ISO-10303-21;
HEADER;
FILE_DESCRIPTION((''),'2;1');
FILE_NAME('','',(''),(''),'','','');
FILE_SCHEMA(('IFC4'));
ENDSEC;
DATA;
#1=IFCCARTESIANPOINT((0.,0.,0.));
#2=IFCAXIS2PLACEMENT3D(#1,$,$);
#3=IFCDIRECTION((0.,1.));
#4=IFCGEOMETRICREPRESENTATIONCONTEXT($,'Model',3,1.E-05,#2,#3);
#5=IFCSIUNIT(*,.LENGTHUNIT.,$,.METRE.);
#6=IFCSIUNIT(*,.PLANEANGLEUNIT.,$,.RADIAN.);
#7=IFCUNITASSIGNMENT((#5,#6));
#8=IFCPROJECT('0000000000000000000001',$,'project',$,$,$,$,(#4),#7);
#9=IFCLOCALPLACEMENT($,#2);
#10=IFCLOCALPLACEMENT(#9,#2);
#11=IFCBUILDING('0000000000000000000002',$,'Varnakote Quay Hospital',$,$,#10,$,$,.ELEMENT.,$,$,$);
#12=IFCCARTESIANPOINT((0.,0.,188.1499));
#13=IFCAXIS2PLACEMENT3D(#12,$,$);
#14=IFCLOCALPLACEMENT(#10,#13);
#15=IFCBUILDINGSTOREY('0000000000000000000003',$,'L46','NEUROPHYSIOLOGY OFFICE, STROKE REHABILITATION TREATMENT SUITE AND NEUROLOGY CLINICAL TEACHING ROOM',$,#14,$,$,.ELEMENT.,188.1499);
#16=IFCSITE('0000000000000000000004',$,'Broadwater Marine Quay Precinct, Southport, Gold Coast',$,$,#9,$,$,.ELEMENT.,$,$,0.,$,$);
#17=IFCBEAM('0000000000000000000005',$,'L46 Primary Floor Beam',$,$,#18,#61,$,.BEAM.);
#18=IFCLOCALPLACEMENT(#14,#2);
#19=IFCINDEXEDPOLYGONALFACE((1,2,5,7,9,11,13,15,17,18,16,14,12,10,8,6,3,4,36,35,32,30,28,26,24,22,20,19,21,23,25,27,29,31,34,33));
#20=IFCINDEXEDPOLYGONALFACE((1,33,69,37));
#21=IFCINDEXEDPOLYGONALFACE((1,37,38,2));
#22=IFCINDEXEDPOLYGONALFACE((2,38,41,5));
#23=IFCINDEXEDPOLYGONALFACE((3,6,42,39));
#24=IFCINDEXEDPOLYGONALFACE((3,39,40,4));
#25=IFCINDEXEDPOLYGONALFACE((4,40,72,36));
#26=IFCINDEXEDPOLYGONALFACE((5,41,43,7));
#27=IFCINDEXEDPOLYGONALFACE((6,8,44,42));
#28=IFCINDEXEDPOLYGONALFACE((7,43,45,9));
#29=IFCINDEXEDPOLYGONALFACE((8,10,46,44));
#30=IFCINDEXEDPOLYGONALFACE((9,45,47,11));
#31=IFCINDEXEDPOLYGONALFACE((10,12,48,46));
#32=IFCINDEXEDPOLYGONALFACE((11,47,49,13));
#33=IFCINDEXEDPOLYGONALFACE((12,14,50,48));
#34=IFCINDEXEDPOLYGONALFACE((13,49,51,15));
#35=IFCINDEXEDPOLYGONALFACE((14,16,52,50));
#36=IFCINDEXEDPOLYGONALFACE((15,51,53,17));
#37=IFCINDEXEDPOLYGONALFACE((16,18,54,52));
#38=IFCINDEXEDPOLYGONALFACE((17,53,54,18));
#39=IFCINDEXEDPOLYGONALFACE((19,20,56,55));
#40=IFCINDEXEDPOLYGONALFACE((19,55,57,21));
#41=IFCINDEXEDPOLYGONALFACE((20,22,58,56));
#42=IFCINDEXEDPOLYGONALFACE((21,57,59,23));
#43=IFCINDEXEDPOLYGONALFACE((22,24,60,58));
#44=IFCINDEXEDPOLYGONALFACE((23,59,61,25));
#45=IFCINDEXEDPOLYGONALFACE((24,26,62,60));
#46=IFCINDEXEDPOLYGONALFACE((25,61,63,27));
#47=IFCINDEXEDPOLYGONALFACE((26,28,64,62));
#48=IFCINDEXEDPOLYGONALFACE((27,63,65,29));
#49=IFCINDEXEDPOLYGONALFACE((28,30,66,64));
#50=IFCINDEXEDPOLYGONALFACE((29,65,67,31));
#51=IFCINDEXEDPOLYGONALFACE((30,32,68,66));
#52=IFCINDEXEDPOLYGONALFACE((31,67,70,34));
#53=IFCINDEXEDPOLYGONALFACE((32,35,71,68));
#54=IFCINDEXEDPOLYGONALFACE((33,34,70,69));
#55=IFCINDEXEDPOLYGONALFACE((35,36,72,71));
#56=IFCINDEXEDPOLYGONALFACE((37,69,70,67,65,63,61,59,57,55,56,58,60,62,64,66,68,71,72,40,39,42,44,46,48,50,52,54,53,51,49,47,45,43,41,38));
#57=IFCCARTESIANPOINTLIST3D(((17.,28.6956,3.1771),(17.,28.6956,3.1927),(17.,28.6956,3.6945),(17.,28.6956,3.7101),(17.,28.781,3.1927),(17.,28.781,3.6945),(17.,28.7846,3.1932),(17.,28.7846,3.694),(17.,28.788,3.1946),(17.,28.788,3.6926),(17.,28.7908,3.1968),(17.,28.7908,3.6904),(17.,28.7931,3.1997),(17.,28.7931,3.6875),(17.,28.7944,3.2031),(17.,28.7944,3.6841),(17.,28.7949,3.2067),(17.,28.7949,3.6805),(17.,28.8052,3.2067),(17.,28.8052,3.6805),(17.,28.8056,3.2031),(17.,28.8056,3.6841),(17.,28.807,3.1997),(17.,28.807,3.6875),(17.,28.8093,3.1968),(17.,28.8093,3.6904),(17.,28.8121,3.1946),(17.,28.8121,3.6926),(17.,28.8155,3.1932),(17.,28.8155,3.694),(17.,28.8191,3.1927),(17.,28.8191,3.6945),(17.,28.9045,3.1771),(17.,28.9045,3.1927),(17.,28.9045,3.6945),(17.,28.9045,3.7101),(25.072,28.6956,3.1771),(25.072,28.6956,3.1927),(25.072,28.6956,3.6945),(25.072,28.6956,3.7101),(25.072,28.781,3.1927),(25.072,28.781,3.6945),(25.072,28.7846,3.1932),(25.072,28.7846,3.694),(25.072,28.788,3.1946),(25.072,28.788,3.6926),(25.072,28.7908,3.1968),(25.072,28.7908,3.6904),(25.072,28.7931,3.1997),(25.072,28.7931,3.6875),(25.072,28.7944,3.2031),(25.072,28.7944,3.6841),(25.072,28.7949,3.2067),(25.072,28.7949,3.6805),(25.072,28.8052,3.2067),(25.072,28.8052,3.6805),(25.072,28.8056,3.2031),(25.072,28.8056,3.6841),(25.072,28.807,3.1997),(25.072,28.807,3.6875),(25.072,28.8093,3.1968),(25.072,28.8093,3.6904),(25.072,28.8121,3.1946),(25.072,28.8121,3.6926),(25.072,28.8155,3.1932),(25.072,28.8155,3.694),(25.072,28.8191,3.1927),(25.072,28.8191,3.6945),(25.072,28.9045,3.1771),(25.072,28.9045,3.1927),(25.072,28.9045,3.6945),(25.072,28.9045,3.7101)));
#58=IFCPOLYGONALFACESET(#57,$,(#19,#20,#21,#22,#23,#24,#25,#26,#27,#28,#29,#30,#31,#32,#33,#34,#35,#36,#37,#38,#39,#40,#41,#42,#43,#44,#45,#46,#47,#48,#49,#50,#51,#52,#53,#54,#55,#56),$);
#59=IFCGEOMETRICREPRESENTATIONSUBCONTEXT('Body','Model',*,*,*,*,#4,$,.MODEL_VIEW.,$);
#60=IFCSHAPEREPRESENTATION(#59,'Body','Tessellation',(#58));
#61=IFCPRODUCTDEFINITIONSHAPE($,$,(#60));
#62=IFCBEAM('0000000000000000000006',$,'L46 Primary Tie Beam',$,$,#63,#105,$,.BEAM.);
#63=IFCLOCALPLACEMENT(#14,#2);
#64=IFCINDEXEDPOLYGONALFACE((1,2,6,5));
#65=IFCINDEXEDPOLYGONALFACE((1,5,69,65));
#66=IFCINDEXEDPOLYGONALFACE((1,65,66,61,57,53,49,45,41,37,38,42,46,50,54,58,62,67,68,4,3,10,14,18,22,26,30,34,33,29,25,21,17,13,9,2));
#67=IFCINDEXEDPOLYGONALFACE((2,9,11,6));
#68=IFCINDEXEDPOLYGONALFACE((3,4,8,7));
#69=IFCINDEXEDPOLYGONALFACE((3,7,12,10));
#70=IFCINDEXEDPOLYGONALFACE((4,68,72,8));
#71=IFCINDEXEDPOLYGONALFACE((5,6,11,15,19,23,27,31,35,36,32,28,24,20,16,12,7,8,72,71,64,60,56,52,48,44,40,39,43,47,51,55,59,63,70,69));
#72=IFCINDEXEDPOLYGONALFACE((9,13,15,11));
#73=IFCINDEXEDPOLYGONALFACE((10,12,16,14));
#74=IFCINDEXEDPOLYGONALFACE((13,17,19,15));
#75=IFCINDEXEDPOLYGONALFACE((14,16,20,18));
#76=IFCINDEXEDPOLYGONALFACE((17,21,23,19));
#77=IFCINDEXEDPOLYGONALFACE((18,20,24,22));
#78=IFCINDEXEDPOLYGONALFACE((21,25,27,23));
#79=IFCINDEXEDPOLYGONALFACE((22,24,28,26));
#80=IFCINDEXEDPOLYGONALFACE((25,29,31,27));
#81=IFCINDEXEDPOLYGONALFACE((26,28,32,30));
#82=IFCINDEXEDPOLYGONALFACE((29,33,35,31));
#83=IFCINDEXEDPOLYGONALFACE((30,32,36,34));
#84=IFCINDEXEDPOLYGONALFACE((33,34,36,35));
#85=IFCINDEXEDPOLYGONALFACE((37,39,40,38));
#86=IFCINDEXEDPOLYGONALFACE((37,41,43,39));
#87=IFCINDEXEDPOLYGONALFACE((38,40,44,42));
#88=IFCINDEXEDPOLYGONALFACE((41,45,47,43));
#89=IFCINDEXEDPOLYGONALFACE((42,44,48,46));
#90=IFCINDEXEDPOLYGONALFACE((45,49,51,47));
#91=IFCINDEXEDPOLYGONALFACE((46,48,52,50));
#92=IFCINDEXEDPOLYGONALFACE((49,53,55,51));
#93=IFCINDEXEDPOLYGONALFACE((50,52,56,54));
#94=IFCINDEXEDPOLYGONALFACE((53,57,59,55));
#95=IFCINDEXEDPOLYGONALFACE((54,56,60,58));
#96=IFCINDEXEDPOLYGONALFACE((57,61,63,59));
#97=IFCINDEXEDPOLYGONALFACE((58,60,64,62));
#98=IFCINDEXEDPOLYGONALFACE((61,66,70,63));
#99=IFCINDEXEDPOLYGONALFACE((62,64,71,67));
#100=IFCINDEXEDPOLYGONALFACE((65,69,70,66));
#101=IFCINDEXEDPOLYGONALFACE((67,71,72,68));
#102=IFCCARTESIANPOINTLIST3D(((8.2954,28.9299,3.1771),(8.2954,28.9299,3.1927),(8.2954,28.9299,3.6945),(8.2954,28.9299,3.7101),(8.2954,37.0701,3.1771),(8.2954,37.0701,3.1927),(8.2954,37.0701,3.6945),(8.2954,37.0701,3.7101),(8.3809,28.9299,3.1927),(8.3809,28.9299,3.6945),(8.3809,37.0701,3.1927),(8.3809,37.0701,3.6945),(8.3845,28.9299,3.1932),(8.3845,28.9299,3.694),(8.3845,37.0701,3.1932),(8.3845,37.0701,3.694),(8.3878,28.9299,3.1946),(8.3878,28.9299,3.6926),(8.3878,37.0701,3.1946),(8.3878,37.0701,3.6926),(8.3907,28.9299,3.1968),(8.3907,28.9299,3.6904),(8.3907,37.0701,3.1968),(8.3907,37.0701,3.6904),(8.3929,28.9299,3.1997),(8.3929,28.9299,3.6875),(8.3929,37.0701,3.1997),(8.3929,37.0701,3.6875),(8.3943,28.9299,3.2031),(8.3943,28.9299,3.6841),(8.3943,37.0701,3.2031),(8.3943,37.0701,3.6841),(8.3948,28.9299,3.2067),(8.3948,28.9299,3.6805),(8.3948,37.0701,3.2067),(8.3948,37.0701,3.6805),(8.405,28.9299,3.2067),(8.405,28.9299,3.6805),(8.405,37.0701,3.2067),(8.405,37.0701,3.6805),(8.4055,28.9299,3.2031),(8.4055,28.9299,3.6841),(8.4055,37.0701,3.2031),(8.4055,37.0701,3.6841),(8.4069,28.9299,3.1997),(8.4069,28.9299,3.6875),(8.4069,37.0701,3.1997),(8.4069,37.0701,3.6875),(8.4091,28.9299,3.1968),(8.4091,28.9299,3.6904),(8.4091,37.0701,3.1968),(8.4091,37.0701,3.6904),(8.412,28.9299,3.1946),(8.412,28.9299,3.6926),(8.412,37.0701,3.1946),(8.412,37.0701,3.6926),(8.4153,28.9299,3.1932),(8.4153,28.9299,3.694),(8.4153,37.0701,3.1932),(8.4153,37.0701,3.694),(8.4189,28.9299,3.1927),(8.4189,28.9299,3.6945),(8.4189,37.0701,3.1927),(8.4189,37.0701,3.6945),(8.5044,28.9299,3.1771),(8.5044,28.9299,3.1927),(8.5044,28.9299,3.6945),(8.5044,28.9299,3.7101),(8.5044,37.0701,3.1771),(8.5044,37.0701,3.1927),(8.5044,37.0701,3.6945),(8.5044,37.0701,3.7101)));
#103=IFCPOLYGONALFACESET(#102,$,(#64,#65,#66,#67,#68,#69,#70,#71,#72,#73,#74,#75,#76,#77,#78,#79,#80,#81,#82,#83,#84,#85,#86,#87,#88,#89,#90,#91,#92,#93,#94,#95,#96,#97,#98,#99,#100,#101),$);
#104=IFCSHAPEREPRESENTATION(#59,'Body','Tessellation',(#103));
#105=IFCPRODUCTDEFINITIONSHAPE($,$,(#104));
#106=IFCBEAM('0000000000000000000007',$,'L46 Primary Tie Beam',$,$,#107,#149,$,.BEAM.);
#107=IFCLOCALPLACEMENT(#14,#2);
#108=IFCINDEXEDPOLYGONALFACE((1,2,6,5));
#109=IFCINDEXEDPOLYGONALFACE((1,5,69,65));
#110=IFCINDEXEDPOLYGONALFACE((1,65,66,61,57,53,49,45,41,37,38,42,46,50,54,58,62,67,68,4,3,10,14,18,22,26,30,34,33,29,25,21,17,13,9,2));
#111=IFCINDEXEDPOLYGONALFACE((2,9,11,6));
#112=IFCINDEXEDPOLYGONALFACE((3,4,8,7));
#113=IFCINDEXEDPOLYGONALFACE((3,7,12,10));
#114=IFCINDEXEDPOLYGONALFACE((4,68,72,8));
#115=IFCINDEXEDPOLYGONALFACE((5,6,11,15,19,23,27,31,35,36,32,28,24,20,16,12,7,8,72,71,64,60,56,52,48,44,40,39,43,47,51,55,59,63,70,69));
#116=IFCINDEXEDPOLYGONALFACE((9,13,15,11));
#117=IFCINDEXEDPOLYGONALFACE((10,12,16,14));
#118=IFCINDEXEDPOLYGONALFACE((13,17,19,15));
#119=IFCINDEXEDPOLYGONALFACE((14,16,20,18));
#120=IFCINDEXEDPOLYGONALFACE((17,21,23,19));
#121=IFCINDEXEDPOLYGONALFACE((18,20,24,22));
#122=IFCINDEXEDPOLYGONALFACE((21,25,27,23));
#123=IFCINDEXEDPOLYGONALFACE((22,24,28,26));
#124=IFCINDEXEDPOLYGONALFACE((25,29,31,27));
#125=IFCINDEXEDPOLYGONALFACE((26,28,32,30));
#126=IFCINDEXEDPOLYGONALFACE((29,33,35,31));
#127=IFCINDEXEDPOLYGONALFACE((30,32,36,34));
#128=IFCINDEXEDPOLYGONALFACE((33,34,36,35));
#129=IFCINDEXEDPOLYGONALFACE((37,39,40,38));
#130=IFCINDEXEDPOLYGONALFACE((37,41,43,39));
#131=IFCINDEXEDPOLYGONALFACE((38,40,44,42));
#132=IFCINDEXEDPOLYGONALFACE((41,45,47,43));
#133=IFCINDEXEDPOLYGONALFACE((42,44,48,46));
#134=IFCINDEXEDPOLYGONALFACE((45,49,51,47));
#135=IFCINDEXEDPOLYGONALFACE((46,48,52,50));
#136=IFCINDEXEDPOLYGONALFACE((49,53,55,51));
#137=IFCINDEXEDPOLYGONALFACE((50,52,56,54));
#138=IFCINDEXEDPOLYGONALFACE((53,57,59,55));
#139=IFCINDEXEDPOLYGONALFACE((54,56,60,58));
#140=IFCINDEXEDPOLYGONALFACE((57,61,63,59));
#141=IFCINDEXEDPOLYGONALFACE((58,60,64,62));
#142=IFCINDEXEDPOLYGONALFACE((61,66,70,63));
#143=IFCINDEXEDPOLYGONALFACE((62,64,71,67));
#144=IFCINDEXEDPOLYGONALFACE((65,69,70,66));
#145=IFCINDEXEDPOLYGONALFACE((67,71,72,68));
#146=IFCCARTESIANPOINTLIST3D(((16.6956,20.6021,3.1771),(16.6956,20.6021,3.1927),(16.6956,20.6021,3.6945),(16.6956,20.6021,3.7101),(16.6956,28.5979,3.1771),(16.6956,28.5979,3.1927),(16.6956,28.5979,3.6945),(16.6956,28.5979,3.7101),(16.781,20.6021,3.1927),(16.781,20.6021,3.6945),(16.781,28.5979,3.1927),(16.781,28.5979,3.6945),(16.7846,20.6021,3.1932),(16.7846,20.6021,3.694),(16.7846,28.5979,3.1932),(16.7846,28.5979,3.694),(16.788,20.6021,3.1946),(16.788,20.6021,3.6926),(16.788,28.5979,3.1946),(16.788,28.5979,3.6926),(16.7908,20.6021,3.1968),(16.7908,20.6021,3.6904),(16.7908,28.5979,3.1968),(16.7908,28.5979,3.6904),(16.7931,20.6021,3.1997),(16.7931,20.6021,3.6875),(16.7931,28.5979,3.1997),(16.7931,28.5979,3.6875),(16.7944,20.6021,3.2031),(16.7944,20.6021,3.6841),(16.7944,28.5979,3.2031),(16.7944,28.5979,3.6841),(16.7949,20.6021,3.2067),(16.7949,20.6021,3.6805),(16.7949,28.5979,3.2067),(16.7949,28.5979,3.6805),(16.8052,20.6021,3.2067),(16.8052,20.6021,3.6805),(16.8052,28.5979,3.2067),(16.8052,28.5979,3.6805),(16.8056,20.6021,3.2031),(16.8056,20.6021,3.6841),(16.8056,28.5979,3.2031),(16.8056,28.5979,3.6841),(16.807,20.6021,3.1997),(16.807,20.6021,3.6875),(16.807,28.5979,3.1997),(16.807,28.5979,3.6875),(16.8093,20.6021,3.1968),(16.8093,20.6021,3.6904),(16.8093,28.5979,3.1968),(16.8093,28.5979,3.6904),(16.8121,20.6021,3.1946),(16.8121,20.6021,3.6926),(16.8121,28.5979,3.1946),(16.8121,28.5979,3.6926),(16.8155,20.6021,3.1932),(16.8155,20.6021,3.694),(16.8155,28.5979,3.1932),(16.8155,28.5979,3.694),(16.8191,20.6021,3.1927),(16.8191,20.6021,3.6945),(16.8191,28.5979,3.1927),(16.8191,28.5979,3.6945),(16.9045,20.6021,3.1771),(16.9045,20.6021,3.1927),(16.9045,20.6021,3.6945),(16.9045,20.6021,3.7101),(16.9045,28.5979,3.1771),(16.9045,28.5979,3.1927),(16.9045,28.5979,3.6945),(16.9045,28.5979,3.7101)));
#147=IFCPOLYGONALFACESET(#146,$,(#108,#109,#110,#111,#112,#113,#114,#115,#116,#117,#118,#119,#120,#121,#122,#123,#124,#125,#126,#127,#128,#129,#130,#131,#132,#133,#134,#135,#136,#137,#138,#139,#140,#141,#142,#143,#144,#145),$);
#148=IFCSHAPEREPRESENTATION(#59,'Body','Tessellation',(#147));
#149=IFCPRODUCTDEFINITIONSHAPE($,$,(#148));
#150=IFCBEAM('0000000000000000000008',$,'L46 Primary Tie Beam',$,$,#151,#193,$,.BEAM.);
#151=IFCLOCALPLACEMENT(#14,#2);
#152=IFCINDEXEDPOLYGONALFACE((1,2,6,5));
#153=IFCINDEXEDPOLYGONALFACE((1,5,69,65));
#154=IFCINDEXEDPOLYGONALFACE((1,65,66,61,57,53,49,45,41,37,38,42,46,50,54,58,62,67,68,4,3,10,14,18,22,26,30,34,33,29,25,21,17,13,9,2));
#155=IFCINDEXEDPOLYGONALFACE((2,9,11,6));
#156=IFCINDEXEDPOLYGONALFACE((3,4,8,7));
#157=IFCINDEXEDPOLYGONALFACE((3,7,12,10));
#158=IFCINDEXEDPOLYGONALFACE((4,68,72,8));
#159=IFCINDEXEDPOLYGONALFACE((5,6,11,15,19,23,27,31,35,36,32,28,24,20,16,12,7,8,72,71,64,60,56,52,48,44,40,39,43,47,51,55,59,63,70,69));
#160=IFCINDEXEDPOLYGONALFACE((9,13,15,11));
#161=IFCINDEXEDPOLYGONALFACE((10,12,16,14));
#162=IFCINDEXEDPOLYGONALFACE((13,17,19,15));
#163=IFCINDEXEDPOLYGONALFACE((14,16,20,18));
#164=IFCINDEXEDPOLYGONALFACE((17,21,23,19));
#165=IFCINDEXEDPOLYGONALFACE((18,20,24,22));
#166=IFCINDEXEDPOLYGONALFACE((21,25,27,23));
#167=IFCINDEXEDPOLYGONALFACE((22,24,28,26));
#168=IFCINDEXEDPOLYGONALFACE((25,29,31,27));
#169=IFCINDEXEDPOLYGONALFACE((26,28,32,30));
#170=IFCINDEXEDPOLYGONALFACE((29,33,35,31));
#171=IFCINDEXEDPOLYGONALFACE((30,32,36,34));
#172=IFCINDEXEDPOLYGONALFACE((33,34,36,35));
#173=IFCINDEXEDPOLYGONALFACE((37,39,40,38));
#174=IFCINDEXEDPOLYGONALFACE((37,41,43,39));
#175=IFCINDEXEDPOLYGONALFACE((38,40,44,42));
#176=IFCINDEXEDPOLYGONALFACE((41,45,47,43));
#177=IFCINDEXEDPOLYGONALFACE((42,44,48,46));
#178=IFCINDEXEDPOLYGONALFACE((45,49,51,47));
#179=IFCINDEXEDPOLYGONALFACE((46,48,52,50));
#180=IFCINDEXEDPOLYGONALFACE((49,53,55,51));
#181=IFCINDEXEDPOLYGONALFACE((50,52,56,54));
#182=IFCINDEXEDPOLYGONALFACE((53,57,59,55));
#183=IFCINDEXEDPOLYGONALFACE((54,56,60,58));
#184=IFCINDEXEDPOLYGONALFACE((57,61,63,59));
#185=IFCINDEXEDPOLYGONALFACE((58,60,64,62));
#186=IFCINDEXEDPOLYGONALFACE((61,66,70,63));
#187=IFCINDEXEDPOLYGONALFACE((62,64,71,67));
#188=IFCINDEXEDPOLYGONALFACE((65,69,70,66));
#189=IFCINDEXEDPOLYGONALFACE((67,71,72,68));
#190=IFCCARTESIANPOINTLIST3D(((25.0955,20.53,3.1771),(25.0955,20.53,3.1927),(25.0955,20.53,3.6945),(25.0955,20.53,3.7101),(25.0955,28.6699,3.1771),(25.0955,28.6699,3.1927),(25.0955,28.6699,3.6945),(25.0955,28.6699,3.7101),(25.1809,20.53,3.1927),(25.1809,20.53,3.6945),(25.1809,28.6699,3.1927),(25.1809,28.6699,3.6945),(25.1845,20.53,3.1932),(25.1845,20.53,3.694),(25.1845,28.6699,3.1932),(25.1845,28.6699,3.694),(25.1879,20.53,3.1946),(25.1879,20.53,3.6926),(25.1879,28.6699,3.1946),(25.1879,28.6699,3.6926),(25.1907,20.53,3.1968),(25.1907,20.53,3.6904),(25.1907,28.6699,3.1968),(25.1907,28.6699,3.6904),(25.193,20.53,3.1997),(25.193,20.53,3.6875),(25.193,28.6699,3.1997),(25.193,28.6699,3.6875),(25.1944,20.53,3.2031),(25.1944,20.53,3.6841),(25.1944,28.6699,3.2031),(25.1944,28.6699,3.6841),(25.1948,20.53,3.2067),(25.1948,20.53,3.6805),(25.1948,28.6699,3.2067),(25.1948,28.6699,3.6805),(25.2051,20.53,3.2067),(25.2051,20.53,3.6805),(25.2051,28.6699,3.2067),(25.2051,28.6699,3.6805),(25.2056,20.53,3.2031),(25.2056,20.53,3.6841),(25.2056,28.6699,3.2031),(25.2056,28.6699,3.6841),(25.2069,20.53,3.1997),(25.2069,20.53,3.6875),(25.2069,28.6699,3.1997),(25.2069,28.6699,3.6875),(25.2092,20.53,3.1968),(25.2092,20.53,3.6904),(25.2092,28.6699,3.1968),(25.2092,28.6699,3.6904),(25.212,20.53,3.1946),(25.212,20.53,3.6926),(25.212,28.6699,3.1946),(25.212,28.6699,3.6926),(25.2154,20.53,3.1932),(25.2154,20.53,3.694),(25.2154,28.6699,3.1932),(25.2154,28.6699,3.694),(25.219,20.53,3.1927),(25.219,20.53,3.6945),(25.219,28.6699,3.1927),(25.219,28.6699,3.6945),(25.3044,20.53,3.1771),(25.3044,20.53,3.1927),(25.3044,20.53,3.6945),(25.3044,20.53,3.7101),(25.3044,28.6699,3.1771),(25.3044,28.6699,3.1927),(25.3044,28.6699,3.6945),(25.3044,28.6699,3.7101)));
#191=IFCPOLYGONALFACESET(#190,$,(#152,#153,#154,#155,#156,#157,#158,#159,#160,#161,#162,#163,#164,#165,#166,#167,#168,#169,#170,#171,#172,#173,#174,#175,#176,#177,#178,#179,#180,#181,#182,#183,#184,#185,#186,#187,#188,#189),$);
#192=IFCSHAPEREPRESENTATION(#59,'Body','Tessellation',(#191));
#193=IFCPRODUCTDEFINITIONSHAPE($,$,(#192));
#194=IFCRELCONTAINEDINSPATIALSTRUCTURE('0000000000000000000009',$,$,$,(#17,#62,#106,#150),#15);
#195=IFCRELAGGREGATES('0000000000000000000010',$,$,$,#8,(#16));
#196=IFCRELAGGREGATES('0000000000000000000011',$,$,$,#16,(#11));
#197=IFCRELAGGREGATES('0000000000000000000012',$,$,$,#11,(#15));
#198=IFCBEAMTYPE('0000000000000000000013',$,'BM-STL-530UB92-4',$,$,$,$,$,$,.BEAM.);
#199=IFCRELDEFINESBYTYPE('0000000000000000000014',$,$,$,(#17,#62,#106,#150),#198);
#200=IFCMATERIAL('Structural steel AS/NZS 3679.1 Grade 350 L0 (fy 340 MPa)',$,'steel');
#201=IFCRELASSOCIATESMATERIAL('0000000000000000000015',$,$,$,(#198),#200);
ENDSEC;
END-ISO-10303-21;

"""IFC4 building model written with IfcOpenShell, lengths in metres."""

from ifc_helpers import new_model, si_unit, direction, frame, origin, origin_2d, place, context, subcontext, project, spatial, i_section, extrude, material, material_profile, profile_set, type_object, element, save


model = new_model("IFC4")

# Units and contexts
model_context = context("Model", 3, precision=1e-05, world=origin(), true_north=direction((0.0, 1.0)))
body_context = subcontext(model_context, "Body", "Model", "MODEL_VIEW")
ifc_project = project(units=[si_unit("LENGTHUNIT", "METRE"), si_unit("PLANEANGLEUNIT", "RADIAN")], contexts=[model_context])

# Site, building, storey
site_placement = place(None, origin())
site = spatial("IfcSite", under=ifc_project, at=site_placement, Name="Broadwater Marine Quay Precinct, Southport, Gold Coast", CompositionType="ELEMENT", RefElevation=0.0)
building_placement = place(site_placement, origin())
building = spatial("IfcBuilding", under=site, at=building_placement, Name="Varnakote Quay Hospital", CompositionType="ELEMENT")
storey_placement = place(building_placement, frame((0.0, 0.0, 188.1499)))
storey = spatial("IfcBuildingStorey", under=building, at=storey_placement, Name="L46", Description="NEUROPHYSIOLOGY OFFICE, STROKE REHABILITATION TREATMENT SUITE AND NEUROLOGY CLINICAL TEACHING ROOM", CompositionType="ELEMENT", Elevation=188.1499)

# Beams
ifc_material_1 = material(Name="Structural steel AS/NZS 3679.1 Grade 350 L0 (fy 340 MPa)", Category="steel")
ifc_material_profile_1 = material_profile(ifc_material_1, i_section(OverallWidth=0.209, OverallDepth=0.533, WebThickness=0.0103, FlangeThickness=0.0156, FilletRadius=0.0139, at=origin_2d()), Name="530UB92.4")
ifc_profile_set_1 = profile_set([ifc_material_profile_1], Name="Structural steel AS/NZS 3679.1 Grade 350 L0 (fy 340 MPa)")
beam_type_1 = type_object("IfcBeamType", Name="BM-STL-530UB92-4", PredefinedType="BEAM", material=ifc_profile_set_1)
for number, where, z_axis, x_axis, name in (
    (1, (17.0, 28.8, 3.4436), (1.0, 0.0, 0.0), (0.0, 1.0, 0.0), "L46 Primary Floor Beam"),
):
    element("IfcBeam", number, at=place(storey_placement, frame(where, z_axis=z_axis, x_axis=x_axis)), inside=storey, type_object=beam_type_1, Name=name, PredefinedType="BEAM", context=body_context, shape_type="SweptSolid", body=[
        extrude(i_section(OverallWidth=0.209, OverallDepth=0.533, WebThickness=0.0103, FlangeThickness=0.0156, FilletRadius=0.0139, at=origin_2d()), origin(), (0.0, 0.0, 1.0), 8.072),
    ])
beam_1_placement = place(storey_placement, frame((8.3999, 28.9299, 3.4436), z_axis=(0.0, 1.0, 0.0), x_axis=(-1.0, 0.0, 0.0)))
element("IfcBeam", 2, at=beam_1_placement, inside=storey, type_object=beam_type_1, Name="L46 Primary Tie Beam", PredefinedType="BEAM", context=body_context, shape_type="SweptSolid", body=[
    extrude(i_section(OverallWidth=0.209, OverallDepth=0.533, WebThickness=0.0103, FlangeThickness=0.0156, FilletRadius=0.0139, at=origin_2d()), origin(), (0.0, 0.0, 1.0), 8.1401),
])
beam_2_placement = place(storey_placement, frame((16.8, 20.6021, 3.4436), z_axis=(0.0, 1.0, 0.0), x_axis=(-1.0, 0.0, 0.0)))
element("IfcBeam", 3, at=beam_2_placement, inside=storey, type_object=beam_type_1, Name="L46 Primary Tie Beam", PredefinedType="BEAM", context=body_context, shape_type="SweptSolid", body=[
    extrude(i_section(OverallWidth=0.209, OverallDepth=0.533, WebThickness=0.0103, FlangeThickness=0.0156, FilletRadius=0.0139, at=origin_2d()), origin(), (0.0, 0.0, 1.0), 7.9958),
])
beam_3_placement = place(storey_placement, frame((25.2, 20.53, 3.4436), z_axis=(0.0, 1.0, 0.0), x_axis=(-1.0, 0.0, 0.0)))
element("IfcBeam", 4, at=beam_3_placement, inside=storey, type_object=beam_type_1, Name="L46 Primary Tie Beam", PredefinedType="BEAM", context=body_context, shape_type="SweptSolid", body=[
    extrude(i_section(OverallWidth=0.209, OverallDepth=0.533, WebThickness=0.0103, FlangeThickness=0.0156, FilletRadius=0.0139, at=origin_2d()), origin(), (0.0, 0.0, 1.0), 8.1399),
])

save(model, "model.ifc")
